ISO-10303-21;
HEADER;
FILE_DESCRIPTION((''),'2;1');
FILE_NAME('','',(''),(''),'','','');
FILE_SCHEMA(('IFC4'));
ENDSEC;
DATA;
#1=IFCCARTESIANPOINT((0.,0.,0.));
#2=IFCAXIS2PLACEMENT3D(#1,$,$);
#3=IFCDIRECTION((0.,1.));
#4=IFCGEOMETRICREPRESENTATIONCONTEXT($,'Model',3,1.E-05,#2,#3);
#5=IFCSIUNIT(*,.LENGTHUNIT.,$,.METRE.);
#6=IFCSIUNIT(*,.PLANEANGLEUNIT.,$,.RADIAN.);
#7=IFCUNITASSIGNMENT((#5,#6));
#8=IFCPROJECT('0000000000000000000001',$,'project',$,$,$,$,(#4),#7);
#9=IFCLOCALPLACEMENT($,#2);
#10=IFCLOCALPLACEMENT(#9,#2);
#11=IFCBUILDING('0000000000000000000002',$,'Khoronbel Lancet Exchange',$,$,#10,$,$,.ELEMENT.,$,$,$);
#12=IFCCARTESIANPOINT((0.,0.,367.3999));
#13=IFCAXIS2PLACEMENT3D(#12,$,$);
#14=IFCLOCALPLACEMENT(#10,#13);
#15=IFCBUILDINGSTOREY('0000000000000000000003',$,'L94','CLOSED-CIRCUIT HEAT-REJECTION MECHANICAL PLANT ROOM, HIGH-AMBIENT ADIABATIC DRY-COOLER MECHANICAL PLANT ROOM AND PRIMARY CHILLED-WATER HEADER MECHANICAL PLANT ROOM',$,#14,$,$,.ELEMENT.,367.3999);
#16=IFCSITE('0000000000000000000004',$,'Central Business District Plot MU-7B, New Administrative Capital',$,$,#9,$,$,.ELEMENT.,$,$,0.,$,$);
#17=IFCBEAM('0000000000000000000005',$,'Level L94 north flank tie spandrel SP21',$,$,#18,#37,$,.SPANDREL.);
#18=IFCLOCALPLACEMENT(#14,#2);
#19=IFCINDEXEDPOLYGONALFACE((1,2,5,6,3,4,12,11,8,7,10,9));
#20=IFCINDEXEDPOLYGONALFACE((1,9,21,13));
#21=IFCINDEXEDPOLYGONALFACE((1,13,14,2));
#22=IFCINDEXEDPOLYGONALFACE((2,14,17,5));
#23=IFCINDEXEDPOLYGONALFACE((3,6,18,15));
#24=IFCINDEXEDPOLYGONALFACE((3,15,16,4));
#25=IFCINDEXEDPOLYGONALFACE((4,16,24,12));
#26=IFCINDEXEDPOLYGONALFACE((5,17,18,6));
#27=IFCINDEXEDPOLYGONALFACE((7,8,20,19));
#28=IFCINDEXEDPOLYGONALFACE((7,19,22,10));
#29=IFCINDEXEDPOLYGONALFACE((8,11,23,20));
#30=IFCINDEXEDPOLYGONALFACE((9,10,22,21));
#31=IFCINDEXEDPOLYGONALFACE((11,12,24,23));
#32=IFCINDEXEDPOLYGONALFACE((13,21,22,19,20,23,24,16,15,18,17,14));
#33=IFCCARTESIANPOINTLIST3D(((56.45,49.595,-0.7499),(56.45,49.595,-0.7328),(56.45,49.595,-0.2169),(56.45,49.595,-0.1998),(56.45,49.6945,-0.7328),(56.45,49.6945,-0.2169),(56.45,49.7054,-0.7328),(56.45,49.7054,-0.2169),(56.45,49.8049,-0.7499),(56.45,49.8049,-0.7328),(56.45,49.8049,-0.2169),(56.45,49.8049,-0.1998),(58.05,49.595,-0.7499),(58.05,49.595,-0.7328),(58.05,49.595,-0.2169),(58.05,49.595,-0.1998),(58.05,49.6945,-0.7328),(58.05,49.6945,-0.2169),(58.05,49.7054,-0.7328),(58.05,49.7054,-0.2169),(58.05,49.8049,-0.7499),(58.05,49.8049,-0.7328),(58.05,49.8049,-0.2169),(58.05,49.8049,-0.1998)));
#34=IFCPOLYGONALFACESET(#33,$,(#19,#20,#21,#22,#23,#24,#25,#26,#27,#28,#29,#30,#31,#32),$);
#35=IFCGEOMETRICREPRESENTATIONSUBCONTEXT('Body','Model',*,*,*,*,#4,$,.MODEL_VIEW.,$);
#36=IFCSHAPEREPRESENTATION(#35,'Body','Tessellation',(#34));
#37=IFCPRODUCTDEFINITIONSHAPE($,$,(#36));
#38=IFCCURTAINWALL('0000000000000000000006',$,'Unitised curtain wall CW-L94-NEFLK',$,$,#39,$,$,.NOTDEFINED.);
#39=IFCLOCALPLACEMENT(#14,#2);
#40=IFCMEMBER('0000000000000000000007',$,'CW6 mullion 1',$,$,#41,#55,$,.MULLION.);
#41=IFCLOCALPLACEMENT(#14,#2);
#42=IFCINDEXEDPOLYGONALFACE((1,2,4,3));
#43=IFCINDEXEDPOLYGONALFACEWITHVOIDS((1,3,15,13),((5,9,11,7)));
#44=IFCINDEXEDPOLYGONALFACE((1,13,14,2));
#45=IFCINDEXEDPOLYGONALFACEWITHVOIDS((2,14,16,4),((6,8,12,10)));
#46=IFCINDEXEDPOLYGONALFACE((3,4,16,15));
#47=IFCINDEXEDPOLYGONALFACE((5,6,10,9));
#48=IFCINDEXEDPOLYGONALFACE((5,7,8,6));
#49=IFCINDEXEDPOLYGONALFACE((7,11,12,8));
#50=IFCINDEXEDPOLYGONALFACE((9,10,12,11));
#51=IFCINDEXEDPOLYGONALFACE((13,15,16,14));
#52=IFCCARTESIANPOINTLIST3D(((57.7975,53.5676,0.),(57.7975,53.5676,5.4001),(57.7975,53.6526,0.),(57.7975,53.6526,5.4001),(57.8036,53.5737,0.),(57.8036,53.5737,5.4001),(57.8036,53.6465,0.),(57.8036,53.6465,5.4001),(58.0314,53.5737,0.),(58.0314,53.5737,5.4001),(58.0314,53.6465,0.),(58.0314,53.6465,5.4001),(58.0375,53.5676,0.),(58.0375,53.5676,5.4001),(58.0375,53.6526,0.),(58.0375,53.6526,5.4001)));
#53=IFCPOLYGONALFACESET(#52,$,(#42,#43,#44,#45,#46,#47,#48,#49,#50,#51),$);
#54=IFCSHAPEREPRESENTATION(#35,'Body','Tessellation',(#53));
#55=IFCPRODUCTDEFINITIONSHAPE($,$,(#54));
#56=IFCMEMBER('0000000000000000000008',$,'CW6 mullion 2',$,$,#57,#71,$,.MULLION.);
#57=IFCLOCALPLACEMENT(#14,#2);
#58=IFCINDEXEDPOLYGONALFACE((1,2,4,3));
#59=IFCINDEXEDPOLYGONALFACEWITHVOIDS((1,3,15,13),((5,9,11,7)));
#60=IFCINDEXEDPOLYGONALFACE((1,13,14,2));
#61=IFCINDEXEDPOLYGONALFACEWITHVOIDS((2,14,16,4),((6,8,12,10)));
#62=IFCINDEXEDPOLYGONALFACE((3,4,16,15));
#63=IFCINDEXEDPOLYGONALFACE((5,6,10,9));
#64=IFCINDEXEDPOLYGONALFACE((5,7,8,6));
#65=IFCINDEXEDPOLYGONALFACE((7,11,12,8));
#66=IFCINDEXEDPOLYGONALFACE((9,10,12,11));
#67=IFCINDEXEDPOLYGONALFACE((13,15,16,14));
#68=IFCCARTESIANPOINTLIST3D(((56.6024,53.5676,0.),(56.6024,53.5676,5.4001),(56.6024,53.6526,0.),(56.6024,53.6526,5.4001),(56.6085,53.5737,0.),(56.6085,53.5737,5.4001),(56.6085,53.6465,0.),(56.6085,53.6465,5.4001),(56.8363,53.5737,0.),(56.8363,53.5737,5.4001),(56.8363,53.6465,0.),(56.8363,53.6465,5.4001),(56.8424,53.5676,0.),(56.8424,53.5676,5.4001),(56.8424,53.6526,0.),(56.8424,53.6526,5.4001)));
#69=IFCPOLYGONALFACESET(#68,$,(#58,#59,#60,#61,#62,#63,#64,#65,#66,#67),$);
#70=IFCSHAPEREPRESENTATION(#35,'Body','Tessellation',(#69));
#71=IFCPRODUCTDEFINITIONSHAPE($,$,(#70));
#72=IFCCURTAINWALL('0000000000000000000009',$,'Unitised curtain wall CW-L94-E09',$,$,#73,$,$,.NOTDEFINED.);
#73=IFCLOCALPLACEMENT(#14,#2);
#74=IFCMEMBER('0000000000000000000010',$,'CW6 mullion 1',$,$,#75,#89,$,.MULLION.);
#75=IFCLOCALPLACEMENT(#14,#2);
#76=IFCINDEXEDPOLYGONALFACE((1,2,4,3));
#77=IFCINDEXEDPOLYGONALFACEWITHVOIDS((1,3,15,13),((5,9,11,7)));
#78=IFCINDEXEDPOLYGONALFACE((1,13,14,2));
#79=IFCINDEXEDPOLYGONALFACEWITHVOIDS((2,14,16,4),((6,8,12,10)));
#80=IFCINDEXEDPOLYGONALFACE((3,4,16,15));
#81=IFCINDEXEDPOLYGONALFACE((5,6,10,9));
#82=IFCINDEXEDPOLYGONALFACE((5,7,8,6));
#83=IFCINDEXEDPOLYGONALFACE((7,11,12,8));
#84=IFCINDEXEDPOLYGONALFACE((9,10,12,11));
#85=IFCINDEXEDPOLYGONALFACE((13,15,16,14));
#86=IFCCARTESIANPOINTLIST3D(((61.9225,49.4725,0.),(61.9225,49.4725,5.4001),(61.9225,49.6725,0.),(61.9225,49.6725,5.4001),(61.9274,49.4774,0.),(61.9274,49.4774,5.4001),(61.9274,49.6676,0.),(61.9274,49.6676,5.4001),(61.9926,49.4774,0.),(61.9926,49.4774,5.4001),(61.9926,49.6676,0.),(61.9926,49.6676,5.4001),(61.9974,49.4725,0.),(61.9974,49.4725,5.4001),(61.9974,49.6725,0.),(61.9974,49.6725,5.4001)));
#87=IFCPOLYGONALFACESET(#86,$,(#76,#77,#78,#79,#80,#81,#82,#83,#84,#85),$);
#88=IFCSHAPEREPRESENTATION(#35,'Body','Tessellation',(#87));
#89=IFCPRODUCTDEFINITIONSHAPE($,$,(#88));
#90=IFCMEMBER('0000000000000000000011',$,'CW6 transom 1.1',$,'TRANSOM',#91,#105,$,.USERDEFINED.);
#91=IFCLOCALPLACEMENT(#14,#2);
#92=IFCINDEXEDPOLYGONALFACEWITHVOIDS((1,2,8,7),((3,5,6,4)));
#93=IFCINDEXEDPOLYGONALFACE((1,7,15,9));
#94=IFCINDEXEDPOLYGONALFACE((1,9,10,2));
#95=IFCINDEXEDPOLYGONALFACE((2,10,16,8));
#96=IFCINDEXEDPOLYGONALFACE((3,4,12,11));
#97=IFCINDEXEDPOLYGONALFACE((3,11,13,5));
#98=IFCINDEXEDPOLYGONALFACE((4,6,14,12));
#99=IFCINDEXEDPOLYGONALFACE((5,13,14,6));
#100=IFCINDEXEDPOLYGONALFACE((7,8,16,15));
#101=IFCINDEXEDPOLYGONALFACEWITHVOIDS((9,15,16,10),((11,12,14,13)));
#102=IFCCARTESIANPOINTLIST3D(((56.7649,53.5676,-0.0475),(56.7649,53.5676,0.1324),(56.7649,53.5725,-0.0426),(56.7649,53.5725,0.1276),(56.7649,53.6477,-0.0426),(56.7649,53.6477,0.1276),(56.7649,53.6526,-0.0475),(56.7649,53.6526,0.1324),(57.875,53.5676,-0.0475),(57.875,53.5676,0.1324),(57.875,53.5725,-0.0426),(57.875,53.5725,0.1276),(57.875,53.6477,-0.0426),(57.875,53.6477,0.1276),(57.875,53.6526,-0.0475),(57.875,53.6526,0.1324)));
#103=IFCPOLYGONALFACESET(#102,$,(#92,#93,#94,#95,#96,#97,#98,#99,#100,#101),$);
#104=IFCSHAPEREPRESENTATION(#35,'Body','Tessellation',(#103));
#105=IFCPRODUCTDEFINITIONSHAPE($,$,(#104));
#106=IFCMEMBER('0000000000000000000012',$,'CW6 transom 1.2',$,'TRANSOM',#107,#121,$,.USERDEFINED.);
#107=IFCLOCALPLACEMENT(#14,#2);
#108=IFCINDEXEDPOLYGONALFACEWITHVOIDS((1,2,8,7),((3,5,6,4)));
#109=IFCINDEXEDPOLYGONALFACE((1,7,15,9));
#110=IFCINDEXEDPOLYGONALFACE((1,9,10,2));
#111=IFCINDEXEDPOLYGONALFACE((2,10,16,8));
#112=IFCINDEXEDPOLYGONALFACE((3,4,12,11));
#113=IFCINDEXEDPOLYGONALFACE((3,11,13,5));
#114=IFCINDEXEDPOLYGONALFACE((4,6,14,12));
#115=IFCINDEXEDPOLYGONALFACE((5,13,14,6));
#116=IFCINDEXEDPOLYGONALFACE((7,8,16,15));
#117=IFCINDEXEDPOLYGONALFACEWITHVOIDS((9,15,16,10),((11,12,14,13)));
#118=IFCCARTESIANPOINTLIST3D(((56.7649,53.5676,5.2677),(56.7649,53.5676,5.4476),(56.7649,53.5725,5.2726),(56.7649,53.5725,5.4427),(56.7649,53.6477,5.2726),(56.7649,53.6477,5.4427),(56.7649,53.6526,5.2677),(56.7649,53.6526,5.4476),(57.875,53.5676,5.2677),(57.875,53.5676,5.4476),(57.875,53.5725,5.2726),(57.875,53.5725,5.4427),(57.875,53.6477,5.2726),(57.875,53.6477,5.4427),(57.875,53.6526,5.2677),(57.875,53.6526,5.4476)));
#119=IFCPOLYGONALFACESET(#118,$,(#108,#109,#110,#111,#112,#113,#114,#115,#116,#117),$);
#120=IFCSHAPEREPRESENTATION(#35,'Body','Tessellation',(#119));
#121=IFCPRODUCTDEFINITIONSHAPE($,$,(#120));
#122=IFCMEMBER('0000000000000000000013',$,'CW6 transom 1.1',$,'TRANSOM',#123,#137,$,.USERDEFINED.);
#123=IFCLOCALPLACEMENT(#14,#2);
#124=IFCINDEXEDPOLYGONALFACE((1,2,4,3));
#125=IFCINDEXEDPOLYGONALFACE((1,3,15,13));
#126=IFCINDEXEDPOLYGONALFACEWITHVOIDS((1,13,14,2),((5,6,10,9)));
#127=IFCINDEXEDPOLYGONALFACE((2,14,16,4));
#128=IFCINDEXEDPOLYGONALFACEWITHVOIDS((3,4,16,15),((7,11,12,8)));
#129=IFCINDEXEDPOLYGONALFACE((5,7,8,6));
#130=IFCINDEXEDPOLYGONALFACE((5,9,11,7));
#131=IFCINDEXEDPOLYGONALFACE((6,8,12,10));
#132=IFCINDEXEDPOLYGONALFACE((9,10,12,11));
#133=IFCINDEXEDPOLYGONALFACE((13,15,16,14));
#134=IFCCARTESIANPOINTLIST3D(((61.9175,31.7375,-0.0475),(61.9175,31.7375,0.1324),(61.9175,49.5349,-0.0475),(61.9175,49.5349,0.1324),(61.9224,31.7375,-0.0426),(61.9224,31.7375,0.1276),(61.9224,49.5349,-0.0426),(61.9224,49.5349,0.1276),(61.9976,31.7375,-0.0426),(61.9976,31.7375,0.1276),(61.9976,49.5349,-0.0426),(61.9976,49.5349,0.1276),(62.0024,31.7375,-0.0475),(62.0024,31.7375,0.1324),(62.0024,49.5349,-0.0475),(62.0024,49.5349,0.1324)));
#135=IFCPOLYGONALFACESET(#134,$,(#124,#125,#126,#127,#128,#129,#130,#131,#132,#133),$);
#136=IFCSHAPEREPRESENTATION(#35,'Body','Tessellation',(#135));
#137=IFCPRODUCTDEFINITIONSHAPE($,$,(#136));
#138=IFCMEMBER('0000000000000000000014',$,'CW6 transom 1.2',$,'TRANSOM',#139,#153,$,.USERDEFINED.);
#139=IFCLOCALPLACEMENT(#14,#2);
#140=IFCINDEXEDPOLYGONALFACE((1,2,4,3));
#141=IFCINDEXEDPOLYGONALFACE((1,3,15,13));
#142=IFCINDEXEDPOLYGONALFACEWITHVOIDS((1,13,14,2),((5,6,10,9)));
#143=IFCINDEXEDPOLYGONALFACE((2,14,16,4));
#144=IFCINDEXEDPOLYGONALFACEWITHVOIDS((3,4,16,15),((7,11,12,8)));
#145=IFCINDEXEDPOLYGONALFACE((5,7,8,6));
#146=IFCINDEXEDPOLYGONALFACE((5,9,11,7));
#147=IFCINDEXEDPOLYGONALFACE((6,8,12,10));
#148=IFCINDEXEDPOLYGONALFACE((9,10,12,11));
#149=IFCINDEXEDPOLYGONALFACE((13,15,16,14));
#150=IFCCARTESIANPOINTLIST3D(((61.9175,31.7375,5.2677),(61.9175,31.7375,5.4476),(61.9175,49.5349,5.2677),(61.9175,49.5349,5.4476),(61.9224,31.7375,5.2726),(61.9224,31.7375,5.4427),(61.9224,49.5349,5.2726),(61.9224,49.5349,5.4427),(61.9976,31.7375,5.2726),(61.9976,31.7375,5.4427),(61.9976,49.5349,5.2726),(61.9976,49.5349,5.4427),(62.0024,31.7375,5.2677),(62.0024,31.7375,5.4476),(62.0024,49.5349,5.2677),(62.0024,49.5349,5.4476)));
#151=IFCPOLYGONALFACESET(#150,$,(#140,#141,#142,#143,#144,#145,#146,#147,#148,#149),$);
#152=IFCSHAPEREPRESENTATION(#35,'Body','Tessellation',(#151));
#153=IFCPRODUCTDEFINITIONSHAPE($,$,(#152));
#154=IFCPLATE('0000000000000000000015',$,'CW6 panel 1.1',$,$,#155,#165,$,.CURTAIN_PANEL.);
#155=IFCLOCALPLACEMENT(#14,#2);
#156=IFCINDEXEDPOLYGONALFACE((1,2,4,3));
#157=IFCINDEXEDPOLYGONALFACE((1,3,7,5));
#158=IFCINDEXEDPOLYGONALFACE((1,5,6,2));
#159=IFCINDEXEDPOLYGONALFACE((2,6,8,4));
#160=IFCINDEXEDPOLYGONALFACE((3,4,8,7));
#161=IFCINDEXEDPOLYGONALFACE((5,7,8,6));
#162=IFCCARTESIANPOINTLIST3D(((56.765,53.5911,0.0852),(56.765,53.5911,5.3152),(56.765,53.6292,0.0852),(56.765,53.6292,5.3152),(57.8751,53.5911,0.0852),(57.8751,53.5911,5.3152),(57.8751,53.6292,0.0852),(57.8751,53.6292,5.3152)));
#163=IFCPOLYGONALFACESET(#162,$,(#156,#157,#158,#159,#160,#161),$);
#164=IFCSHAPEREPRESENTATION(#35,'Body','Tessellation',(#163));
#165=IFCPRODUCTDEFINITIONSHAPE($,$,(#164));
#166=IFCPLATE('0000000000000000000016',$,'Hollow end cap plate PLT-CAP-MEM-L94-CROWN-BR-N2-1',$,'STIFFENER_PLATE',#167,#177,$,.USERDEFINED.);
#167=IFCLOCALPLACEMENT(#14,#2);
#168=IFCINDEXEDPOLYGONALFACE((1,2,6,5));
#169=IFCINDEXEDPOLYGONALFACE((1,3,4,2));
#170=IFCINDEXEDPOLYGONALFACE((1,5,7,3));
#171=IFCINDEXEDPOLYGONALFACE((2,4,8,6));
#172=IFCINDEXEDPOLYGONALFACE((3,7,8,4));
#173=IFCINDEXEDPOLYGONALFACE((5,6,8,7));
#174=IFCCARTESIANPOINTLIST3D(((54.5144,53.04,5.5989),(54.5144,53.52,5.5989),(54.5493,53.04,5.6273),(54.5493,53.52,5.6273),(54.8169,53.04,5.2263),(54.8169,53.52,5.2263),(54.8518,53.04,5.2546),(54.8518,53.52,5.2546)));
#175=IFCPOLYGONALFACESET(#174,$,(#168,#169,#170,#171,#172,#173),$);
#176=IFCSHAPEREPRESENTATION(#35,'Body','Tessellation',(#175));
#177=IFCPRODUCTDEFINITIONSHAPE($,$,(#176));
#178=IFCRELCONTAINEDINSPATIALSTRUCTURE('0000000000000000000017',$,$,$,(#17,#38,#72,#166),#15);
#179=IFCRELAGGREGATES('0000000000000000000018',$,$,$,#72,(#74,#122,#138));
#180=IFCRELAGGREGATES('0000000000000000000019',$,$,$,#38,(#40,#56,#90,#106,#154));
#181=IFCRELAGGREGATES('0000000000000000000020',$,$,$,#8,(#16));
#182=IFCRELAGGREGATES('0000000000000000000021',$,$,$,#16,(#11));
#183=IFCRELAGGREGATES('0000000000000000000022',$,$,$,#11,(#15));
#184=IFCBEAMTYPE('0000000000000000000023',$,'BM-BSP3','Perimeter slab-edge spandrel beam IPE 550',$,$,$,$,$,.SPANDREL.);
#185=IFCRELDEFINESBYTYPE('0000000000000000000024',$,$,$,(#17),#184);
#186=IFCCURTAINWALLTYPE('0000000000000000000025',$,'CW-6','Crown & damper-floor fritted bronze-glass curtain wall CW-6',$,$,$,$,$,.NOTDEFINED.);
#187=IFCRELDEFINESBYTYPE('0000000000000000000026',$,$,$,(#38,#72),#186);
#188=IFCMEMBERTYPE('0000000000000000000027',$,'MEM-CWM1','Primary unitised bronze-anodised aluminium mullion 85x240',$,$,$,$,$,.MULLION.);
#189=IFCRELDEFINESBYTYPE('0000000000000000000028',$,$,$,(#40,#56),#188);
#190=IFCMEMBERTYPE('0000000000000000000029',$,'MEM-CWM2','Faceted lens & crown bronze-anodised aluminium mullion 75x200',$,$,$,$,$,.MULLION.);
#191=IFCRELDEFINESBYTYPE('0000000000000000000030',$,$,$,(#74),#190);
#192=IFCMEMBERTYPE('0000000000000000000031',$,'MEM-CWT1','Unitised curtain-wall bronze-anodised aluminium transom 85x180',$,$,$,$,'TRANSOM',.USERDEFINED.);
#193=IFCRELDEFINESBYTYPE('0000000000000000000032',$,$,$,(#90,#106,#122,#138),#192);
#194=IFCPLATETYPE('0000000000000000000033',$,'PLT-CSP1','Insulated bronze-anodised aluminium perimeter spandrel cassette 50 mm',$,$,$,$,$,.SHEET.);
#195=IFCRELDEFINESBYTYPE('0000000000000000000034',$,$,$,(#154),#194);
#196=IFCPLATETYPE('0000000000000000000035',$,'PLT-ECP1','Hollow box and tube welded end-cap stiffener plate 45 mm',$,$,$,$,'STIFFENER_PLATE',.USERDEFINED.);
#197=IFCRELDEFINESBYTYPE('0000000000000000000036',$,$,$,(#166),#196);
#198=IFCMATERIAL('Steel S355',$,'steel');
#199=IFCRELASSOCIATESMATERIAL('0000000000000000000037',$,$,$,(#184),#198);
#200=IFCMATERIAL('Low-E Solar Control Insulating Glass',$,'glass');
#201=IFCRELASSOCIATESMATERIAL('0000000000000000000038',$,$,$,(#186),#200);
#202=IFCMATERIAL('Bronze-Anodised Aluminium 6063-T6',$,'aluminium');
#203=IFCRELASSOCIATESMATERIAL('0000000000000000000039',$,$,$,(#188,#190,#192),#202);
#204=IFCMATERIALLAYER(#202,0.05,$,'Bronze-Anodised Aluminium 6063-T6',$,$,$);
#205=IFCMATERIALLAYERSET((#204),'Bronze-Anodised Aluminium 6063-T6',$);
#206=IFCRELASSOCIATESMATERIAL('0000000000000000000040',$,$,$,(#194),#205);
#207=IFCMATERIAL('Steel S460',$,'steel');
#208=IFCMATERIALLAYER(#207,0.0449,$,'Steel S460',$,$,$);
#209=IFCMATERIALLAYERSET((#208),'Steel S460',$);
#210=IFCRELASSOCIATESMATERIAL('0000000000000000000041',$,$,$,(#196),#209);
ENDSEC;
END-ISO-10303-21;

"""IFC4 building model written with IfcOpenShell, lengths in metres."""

from ifc_helpers import new_model, si_unit, direction, frame, origin, origin_2d, place, context, subcontext, project, spatial, polyline, rectangle, hollow_rectangle, i_section, outline, extrude, material, layer, layer_set, material_profile, profile_set, type_object, element, aggregate, save


model = new_model("IFC4")

# Units and contexts
model_context = context("Model", 3, precision=1e-05, world=origin(), true_north=direction((0.0, 1.0)))
body_context = subcontext(model_context, "Body", "Model", "MODEL_VIEW")
ifc_project = project(units=[si_unit("LENGTHUNIT", "METRE"), si_unit("PLANEANGLEUNIT", "RADIAN")], contexts=[model_context])

# Site, building, storey
site_placement = place(None, origin())
site = spatial("IfcSite", under=ifc_project, at=site_placement, Name="Central Business District Plot MU-7B, New Administrative Capital", CompositionType="ELEMENT", RefElevation=0.0)
building_placement = place(site_placement, origin())
building = spatial("IfcBuilding", under=site, at=building_placement, Name="Khoronbel Lancet Exchange", CompositionType="ELEMENT")
storey_placement = place(building_placement, frame((0.0, 0.0, 367.3999)))
storey = spatial("IfcBuildingStorey", under=building, at=storey_placement, Name="L94", Description="CLOSED-CIRCUIT HEAT-REJECTION MECHANICAL PLANT ROOM, HIGH-AMBIENT ADIABATIC DRY-COOLER MECHANICAL PLANT ROOM AND PRIMARY CHILLED-WATER HEADER MECHANICAL PLANT ROOM", CompositionType="ELEMENT", Elevation=367.3999)

# Shared definitions
ifc_material_1 = material(Name="Steel S355", Category="steel")
ifc_material_2 = material(Name="Steel S460", Category="steel")

# Beam
ifc_material_profile_1 = material_profile(ifc_material_1, i_section(OverallWidth=0.21, OverallDepth=0.55, WebThickness=0.011, FlangeThickness=0.0171, at=origin_2d()), Name="IPE 550")
ifc_profile_set_1 = profile_set([ifc_material_profile_1], Name="Steel S355")
beam_type_1 = type_object("IfcBeamType", Name="BM-BSP3", Description="Perimeter slab-edge spandrel beam IPE 550", PredefinedType="SPANDREL", material=ifc_profile_set_1)
beam_1_placement = place(storey_placement, frame((58.05, 49.7, -0.4749), z_axis=(-1.0, 0.0, 0.0), x_axis=(0.0, -1.0, 0.0)))
element("IfcBeam", 1, at=beam_1_placement, inside=storey, type_object=beam_type_1, Name="Level L94 north flank tie spandrel SP21", PredefinedType="SPANDREL", context=body_context, shape_type="SweptSolid", body=[
    extrude(i_section(OverallWidth=0.21, OverallDepth=0.55, WebThickness=0.011, FlangeThickness=0.0171, at=origin_2d()), origin(), (0.0, 0.0, 1.0), 1.6001),
])

# Curtain wall, members
ifc_material_3 = material(Name="Low-E Solar Control Insulating Glass", Category="glass")
curtain_wall_type = type_object("IfcCurtainWallType", Name="CW-6", Description="Crown & damper-floor fritted bronze-glass curtain wall CW-6", PredefinedType="NOTDEFINED", material=ifc_material_3)
curtain_wall_1_placement = place(storey_placement, origin())
curtain_wall_1 = element("IfcCurtainWall", 2, at=curtain_wall_1_placement, inside=storey, type_object=curtain_wall_type, Name="Unitised curtain wall CW-L94-NEFLK", PredefinedType="NOTDEFINED")
ifc_material_4 = material(Name="Bronze-Anodised Aluminium 6063-T6", Category="aluminium")
ifc_material_profile_2 = material_profile(ifc_material_4, hollow_rectangle(XDim=0.085, YDim=0.24, WallThickness=0.0061, at=origin_2d()), Name="ALU MULLION 85x240")
ifc_profile_set_2 = profile_set([ifc_material_profile_2], Name="Bronze-Anodised Aluminium 6063-T6")
member_type_1 = type_object("IfcMemberType", Name="MEM-CWM1", Description="Primary unitised bronze-anodised aluminium mullion 85x240", PredefinedType="MULLION", material=ifc_profile_set_2)
member_1_placement = place(storey_placement, frame((57.9175, 53.6101, 0.0), z_axis=(0.0, 0.0, 1.0), x_axis=(0.0, -1.0, 0.0)))
member_1 = element("IfcMember", 3, at=member_1_placement, type_object=member_type_1, Name="CW6 mullion 1", PredefinedType="MULLION", context=body_context, shape_type="SweptSolid", body=[
    extrude(hollow_rectangle(XDim=0.085, YDim=0.24, WallThickness=0.0061, at=origin_2d()), origin(), (0.0, 0.0, 1.0), 5.4001),
])
member_2_placement = place(storey_placement, frame((56.7224, 53.6101, 0.0), z_axis=(0.0, 0.0, 1.0), x_axis=(0.0, -1.0, 0.0)))
member_2 = element("IfcMember", 4, at=member_2_placement, type_object=member_type_1, Name="CW6 mullion 2", PredefinedType="MULLION", context=body_context, shape_type="SweptSolid", body=[
    extrude(hollow_rectangle(XDim=0.085, YDim=0.24, WallThickness=0.0061, at=origin_2d()), origin(), (0.0, 0.0, 1.0), 5.4001),
])

# Curtain wall, member
curtain_wall_2_placement = place(storey_placement, origin())
curtain_wall_2 = element("IfcCurtainWall", 5, at=curtain_wall_2_placement, inside=storey, type_object=curtain_wall_type, Name="Unitised curtain wall CW-L94-E09", PredefinedType="NOTDEFINED")
ifc_material_profile_3 = material_profile(ifc_material_4, hollow_rectangle(XDim=0.075, YDim=0.2, WallThickness=0.0049, at=origin_2d()), Name="ALU MULLION 75x200")
ifc_profile_set_3 = profile_set([ifc_material_profile_3], Name="Bronze-Anodised Aluminium 6063-T6")
member_type_2 = type_object("IfcMemberType", Name="MEM-CWM2", Description="Faceted lens & crown bronze-anodised aluminium mullion 75x200", PredefinedType="MULLION", material=ifc_profile_set_3)
member_3_placement = place(storey_placement, frame((61.96, 49.5725, 0.0), z_axis=(0.0, 0.0, 1.0), x_axis=(1.0, 0.0, 0.0)))
member_3 = element("IfcMember", 6, at=member_3_placement, type_object=member_type_2, Name="CW6 mullion 1", PredefinedType="MULLION", context=body_context, shape_type="SweptSolid", body=[
    extrude(hollow_rectangle(XDim=0.075, YDim=0.2, WallThickness=0.0049, at=origin_2d()), origin(), (0.0, 0.0, 1.0), 5.4001),
])

# Members
ifc_material_profile_4 = material_profile(ifc_material_4, hollow_rectangle(XDim=0.085, YDim=0.1799, WallThickness=0.0049, at=origin_2d()), Name="ALU TRANSOM 85x180")
ifc_profile_set_4 = profile_set([ifc_material_profile_4], Name="Bronze-Anodised Aluminium 6063-T6")
member_type_3 = type_object("IfcMemberType", Name="MEM-CWT1", Description="Unitised curtain-wall bronze-anodised aluminium transom 85x180", ElementType="TRANSOM", PredefinedType="USERDEFINED", material=ifc_profile_set_4)
member_4_placement = place(storey_placement, frame((57.875, 53.6101, 0.0425), z_axis=(-1.0, 0.0, 0.0), x_axis=(0.0, -1.0, 0.0)))
member_4 = element("IfcMember", 7, at=member_4_placement, type_object=member_type_3, Name="CW6 transom 1.1", ObjectType="TRANSOM", PredefinedType="USERDEFINED", context=body_context, shape_type="SweptSolid", body=[
    extrude(hollow_rectangle(XDim=0.085, YDim=0.1799, WallThickness=0.0049, at=origin_2d()), origin(), (0.0, 0.0, 1.0), 1.1101),
])
member_5_placement = place(storey_placement, frame((57.875, 53.6101, 5.3577), z_axis=(-1.0, 0.0, 0.0), x_axis=(0.0, -1.0, 0.0)))
member_5 = element("IfcMember", 8, at=member_5_placement, type_object=member_type_3, Name="CW6 transom 1.2", ObjectType="TRANSOM", PredefinedType="USERDEFINED", context=body_context, shape_type="SweptSolid", body=[
    extrude(hollow_rectangle(XDim=0.085, YDim=0.1799, WallThickness=0.0049, at=origin_2d()), origin(), (0.0, 0.0, 1.0), 1.1101),
])
member_6_placement = place(storey_placement, frame((61.96, 49.5349, 0.0425), z_axis=(0.0, -1.0, 0.0), x_axis=(1.0, 0.0, 0.0)))
member_6 = element("IfcMember", 9, at=member_6_placement, type_object=member_type_3, Name="CW6 transom 1.1", ObjectType="TRANSOM", PredefinedType="USERDEFINED", context=body_context, shape_type="SweptSolid", body=[
    extrude(hollow_rectangle(XDim=0.085, YDim=0.1799, WallThickness=0.0049, at=origin_2d()), origin(), (0.0, 0.0, 1.0), 17.7974),
])
member_7_placement = place(storey_placement, frame((61.96, 49.5349, 5.3577), z_axis=(0.0, -1.0, 0.0), x_axis=(1.0, 0.0, 0.0)))
member_7 = element("IfcMember", 10, at=member_7_placement, type_object=member_type_3, Name="CW6 transom 1.2", ObjectType="TRANSOM", PredefinedType="USERDEFINED", context=body_context, shape_type="SweptSolid", body=[
    extrude(hollow_rectangle(XDim=0.085, YDim=0.1799, WallThickness=0.0049, at=origin_2d()), origin(), (0.0, 0.0, 1.0), 17.7974),
])
aggregate(curtain_wall_2, [member_3, member_6, member_7])

# Plates
ifc_layer_1 = layer(ifc_material_4, 0.05, Name="Bronze-Anodised Aluminium 6063-T6")
ifc_layer_set_1 = layer_set([ifc_layer_1], Name="Bronze-Anodised Aluminium 6063-T6")
plate_type_1 = type_object("IfcPlateType", Name="PLT-CSP1", Description="Insulated bronze-anodised aluminium perimeter spandrel cassette 50 mm", PredefinedType="SHEET", material=ifc_layer_set_1)
plate_1_placement = place(storey_placement, frame((57.3201, 53.6101, 0.0852), z_axis=(0.0, 0.0, 1.0), x_axis=(-1.0, 0.0, 0.0)))
plate_1 = element("IfcPlate", 11, at=plate_1_placement, type_object=plate_type_1, Name="CW6 panel 1.1", PredefinedType="CURTAIN_PANEL", context=body_context, shape_type="SweptSolid", body=[
    extrude(rectangle(XDim=1.1101, YDim=0.0381, at=origin_2d()), origin(), (0.0, 0.0, 1.0), 5.23),
])
aggregate(curtain_wall_1, [member_1, member_2, member_4, member_5, plate_1])
ifc_layer_2 = layer(ifc_material_2, 0.0449, Name="Steel S460")
ifc_layer_set_2 = layer_set([ifc_layer_2], Name="Steel S460")
plate_type_2 = type_object("IfcPlateType", Name="PLT-ECP1", Description="Hollow box and tube welded end-cap stiffener plate 45 mm", ElementType="STIFFENER_PLATE", PredefinedType="USERDEFINED", material=ifc_layer_set_2)
plate_2_placement = place(storey_placement, frame((54.8518, 53.04, 5.2546), z_axis=(0.776332, 0.0, 0.630324), x_axis=(0.0, 1.0, 0.0)))
element("IfcPlate", 12, at=plate_2_placement, inside=storey, type_object=plate_type_2, Name="Hollow end cap plate PLT-CAP-MEM-L94-CROWN-BR-N2-1", ObjectType="STIFFENER_PLATE", PredefinedType="USERDEFINED", context=body_context, shape_type="SweptSolid", body=[
    extrude(outline(polyline([(0.0, 0.0), (0.48, 0.0), (0.48, 0.48), (0.0, 0.48), (0.0, 0.0)])), origin(), (0.0, 0.0, -1.0), 0.0449),
])

save(model, "model.ifc")
